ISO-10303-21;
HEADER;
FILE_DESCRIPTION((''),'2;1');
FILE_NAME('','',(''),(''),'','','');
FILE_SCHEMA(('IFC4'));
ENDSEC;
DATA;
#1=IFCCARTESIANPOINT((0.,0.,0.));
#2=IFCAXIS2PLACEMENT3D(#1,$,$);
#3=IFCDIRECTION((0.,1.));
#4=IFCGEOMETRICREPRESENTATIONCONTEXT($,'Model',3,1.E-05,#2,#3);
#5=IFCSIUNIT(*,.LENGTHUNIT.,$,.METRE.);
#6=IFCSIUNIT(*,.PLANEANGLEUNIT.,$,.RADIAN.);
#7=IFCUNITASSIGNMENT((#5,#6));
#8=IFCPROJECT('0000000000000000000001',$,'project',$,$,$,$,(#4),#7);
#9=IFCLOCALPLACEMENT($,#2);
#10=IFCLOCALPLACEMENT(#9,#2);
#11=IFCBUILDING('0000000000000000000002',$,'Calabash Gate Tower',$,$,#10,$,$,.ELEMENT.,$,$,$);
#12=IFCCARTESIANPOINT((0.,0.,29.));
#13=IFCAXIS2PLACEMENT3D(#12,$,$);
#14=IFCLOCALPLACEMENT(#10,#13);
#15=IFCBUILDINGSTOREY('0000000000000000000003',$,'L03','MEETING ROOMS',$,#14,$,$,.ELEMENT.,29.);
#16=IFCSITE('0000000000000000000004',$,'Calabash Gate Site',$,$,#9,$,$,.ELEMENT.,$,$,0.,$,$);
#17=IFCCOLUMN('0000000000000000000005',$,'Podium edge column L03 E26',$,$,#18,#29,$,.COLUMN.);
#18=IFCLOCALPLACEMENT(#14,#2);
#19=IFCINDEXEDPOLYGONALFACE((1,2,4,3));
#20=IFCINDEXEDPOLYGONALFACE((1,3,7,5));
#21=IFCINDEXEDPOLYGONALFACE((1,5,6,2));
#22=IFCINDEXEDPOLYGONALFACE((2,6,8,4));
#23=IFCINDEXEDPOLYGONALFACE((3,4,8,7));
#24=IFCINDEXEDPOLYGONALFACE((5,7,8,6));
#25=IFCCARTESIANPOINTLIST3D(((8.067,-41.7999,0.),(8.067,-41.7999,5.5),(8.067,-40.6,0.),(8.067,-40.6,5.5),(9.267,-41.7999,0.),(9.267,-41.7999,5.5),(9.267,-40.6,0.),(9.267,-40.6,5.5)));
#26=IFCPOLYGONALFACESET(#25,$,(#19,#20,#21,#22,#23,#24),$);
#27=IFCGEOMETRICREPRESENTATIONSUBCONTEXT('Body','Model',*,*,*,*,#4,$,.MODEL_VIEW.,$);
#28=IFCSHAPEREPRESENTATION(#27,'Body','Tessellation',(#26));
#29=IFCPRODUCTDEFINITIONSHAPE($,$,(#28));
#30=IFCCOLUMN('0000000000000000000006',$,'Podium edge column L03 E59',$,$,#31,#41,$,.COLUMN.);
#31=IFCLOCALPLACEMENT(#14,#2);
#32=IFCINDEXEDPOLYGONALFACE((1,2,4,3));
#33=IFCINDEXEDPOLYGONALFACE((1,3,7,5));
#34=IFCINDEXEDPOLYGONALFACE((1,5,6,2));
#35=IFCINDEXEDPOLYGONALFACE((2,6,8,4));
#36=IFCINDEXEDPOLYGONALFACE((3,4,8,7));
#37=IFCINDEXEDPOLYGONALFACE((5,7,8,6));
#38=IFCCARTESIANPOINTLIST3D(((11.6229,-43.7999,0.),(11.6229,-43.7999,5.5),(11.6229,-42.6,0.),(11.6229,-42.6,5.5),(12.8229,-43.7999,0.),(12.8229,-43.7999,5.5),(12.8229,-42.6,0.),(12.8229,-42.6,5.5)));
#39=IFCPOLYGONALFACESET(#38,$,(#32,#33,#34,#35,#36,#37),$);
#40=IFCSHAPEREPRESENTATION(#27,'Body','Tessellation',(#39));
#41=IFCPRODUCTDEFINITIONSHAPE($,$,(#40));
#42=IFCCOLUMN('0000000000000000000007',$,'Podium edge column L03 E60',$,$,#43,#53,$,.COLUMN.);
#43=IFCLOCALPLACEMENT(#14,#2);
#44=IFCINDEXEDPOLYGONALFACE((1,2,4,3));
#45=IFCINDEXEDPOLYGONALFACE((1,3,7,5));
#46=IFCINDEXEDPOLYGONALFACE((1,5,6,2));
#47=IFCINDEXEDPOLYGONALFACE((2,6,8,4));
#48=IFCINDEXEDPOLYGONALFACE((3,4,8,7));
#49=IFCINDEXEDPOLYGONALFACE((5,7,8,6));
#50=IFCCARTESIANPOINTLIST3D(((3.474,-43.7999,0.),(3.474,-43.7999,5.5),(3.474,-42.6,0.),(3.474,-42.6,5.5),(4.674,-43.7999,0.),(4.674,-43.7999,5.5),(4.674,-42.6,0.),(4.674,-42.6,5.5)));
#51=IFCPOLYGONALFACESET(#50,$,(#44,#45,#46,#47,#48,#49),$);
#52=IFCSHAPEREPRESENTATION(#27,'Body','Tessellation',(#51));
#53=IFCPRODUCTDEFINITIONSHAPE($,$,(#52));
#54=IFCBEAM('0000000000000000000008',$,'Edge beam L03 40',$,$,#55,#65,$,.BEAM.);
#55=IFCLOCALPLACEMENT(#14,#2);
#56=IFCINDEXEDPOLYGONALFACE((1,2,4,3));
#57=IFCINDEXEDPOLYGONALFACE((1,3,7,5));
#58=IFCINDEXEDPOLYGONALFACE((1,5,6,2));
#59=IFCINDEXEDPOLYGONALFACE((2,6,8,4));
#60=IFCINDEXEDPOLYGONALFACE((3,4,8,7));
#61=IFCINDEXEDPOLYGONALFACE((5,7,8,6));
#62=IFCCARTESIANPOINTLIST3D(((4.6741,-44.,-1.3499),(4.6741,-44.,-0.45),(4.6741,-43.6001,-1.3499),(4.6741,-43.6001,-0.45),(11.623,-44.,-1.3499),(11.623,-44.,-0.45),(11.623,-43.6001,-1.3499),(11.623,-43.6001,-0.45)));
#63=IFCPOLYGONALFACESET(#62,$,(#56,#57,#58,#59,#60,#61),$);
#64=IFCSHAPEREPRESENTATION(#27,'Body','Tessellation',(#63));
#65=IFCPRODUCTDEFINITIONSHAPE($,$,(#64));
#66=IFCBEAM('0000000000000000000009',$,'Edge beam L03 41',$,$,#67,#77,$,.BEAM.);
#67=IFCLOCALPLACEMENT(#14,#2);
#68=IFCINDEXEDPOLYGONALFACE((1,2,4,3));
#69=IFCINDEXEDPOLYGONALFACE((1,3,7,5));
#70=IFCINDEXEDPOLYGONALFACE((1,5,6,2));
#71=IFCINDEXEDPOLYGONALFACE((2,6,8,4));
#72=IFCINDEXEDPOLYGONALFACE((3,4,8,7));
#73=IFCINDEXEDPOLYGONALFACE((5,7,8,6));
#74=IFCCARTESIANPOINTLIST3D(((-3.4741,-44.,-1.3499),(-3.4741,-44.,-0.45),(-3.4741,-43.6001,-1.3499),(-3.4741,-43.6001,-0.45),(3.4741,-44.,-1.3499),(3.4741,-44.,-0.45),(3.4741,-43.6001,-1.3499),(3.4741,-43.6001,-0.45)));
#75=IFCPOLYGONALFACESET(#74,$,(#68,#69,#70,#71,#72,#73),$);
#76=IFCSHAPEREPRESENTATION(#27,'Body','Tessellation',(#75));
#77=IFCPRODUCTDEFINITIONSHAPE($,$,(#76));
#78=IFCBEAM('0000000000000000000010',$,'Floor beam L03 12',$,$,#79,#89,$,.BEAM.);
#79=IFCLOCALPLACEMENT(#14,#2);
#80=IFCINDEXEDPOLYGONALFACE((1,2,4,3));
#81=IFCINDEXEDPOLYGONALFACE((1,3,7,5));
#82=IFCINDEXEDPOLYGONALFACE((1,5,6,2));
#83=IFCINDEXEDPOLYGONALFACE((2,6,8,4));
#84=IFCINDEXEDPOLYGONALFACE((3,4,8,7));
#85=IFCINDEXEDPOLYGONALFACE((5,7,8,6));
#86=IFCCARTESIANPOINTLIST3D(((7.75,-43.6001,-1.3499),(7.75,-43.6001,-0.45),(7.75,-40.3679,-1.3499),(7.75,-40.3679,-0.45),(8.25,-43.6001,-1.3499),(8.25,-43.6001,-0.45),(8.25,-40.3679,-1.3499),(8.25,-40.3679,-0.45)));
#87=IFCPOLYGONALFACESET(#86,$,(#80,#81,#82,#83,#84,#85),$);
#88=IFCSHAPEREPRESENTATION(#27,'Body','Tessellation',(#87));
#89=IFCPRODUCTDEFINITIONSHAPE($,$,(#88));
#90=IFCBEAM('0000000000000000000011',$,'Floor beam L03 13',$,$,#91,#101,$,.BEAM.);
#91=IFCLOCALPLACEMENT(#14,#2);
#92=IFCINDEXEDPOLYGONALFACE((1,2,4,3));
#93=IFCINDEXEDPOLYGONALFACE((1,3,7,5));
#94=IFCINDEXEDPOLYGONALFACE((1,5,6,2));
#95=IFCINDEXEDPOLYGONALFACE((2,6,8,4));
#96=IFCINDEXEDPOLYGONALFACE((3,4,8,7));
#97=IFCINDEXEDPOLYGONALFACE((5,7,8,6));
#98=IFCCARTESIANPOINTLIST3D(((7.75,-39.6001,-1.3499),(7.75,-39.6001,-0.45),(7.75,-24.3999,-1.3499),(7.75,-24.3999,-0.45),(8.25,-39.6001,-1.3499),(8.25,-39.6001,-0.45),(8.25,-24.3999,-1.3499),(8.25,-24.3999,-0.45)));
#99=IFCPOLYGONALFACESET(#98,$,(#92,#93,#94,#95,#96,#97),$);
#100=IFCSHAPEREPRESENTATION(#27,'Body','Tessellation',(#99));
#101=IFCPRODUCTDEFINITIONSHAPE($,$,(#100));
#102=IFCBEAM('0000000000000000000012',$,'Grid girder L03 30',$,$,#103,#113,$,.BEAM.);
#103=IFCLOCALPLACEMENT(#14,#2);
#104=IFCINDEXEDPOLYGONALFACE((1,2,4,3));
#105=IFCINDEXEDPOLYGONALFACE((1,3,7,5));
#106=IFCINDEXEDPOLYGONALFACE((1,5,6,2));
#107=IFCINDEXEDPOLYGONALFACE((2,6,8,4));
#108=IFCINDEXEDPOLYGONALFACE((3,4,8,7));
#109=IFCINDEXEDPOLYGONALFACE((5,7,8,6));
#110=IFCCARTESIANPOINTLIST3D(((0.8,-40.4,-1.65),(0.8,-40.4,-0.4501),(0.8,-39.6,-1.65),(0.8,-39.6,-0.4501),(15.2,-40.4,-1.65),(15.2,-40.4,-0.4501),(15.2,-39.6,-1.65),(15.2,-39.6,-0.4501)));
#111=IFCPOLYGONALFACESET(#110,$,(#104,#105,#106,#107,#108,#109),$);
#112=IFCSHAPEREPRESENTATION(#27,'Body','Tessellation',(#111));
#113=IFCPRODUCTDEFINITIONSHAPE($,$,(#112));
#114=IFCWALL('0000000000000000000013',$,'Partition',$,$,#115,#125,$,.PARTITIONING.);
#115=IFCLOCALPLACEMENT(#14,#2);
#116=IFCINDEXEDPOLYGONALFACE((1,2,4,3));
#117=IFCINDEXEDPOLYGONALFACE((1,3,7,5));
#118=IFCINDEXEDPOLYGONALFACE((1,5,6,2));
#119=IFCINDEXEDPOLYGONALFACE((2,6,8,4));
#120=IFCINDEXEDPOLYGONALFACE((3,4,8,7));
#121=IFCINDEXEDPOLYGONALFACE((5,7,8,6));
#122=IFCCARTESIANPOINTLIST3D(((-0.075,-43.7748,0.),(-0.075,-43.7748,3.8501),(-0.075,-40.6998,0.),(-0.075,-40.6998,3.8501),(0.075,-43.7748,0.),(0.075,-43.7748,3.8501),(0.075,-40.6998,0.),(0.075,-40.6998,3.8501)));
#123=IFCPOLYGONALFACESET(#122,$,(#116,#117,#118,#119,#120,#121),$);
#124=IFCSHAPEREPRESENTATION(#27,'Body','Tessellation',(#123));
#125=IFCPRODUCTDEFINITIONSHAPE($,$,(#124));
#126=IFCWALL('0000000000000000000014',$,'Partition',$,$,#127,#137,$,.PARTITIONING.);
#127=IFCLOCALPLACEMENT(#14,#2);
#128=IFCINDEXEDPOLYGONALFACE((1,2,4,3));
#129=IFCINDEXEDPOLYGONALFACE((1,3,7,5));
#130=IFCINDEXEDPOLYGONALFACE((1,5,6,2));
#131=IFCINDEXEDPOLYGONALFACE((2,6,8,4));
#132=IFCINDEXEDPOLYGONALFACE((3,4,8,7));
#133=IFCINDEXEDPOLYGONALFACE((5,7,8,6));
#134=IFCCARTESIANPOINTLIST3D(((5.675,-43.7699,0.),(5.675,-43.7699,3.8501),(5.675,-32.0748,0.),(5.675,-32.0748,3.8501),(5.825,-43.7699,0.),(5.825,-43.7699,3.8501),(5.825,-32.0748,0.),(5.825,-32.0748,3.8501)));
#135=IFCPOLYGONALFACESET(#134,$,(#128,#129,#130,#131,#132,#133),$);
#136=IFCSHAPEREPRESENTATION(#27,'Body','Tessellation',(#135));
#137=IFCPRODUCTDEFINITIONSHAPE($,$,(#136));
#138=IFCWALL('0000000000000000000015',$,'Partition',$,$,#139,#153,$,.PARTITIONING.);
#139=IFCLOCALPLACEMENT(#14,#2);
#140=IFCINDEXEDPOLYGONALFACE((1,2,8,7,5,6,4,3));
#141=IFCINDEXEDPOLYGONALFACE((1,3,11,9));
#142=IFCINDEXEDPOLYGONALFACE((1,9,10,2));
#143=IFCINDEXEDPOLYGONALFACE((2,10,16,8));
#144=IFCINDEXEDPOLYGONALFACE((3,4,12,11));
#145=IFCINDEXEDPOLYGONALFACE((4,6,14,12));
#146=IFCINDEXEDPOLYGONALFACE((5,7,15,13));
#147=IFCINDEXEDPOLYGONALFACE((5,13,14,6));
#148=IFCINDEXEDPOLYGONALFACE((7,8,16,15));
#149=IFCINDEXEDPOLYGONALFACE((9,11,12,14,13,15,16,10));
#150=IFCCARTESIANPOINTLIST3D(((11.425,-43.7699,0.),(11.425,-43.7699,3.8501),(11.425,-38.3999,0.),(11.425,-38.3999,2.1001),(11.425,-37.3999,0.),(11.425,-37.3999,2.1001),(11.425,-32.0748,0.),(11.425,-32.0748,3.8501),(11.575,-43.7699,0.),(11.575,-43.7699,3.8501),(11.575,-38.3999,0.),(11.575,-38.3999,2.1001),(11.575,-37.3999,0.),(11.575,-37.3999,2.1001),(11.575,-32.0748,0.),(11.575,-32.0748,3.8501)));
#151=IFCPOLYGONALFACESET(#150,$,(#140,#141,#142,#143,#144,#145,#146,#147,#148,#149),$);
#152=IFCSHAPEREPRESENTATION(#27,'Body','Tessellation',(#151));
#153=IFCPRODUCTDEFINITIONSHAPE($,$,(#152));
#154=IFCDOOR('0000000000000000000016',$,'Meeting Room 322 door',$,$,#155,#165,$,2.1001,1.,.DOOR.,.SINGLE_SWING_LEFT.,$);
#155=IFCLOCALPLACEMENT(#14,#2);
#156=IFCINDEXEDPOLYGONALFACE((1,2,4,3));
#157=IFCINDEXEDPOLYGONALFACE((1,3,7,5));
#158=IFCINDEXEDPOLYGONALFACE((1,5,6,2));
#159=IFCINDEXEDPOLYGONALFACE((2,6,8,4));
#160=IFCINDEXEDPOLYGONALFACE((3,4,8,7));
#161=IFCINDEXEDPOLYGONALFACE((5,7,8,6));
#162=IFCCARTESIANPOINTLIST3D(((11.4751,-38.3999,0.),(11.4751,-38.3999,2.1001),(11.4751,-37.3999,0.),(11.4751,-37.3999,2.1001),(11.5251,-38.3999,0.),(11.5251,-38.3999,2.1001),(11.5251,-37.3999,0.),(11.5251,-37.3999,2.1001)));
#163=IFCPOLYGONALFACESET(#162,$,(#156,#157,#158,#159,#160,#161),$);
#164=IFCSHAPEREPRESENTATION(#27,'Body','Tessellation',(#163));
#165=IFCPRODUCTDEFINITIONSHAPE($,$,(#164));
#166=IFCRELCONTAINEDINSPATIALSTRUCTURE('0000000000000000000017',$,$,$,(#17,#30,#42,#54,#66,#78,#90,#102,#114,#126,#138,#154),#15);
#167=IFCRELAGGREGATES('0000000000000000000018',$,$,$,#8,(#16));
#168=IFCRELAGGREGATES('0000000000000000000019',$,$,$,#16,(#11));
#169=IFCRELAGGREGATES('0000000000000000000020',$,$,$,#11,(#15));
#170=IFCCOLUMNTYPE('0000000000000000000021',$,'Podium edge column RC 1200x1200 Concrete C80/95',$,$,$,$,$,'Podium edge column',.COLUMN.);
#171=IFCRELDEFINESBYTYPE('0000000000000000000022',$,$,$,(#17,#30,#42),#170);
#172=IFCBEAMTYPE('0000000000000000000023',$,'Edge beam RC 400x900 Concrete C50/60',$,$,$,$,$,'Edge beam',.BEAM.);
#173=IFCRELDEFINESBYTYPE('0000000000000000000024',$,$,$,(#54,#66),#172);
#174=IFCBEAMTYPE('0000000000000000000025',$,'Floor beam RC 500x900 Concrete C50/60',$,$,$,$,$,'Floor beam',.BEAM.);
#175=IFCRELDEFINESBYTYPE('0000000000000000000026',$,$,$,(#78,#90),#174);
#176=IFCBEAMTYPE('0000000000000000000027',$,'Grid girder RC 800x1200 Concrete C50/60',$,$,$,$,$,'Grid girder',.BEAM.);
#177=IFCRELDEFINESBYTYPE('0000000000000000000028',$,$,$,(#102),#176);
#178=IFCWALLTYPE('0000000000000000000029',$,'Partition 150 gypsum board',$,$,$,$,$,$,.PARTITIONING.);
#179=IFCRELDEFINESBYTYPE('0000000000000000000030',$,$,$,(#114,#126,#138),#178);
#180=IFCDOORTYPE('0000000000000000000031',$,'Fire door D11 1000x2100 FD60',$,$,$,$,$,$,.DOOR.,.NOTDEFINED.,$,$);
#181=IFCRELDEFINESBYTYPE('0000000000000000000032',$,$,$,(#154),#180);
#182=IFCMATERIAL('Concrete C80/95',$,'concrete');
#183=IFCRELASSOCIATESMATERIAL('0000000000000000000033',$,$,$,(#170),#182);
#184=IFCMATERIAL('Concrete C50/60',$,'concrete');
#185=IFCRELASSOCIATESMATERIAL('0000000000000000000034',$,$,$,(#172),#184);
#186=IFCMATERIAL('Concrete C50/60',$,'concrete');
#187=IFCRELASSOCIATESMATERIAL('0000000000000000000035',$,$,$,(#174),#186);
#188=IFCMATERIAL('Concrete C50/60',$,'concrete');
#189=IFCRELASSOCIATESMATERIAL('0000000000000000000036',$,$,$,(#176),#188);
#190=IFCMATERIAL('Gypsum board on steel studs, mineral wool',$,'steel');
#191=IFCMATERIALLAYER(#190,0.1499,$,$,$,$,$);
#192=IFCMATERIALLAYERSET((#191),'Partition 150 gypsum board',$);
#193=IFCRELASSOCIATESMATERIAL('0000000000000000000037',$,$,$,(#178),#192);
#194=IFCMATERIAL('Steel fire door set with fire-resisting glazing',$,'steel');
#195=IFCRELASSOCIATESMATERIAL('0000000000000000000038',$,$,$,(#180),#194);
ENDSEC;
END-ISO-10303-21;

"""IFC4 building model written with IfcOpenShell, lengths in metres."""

from ifc_helpers import new_model, si_unit, direction, frame, frame_2d, origin, origin_2d, place, context, subcontext, project, spatial, rectangle, extrude, material, layer, layer_set, material_profile, profile_set, type_object, element, fill, save


model = new_model("IFC4")

# Units and contexts
model_context = context("Model", 3, precision=1e-05, world=origin(), true_north=direction((0.0, 1.0)))
body_context = subcontext(model_context, "Body", "Model", "MODEL_VIEW")
ifc_project = project(units=[si_unit("LENGTHUNIT", "METRE"), si_unit("PLANEANGLEUNIT", "RADIAN")], contexts=[model_context])

# Site, building, storey
site_placement = place(None, origin())
site = spatial("IfcSite", under=ifc_project, at=site_placement, Name="Calabash Gate Site", CompositionType="ELEMENT", RefElevation=0.0)
building_placement = place(site_placement, origin())
building = spatial("IfcBuilding", under=site, at=building_placement, Name="Calabash Gate Tower", CompositionType="ELEMENT")
storey_placement = place(building_placement, frame((0.0, 0.0, 29.0)))
storey = spatial("IfcBuildingStorey", under=building, at=storey_placement, Name="L03", Description="MEETING ROOMS", CompositionType="ELEMENT", Elevation=29.0)

# Columns
ifc_material_1 = material(Name="Concrete C80/95", Category="concrete")
ifc_material_profile_1 = material_profile(ifc_material_1, rectangle(XDim=1.2, YDim=1.2, at=origin_2d()))
ifc_profile_set_1 = profile_set([ifc_material_profile_1], Name="Concrete C80/95")
column_type = type_object("IfcColumnType", Name="Podium edge column RC 1200x1200 Concrete C80/95", ElementType="Podium edge column", PredefinedType="COLUMN", material=ifc_profile_set_1)
for number, where, z_axis, x_axis, name in (
    (1, (8.667, -41.2, 0.0), (0.0, 0.0, 1.0), (1.0, 0.0, 0.0), "Podium edge column L03 E26"),
    (2, (12.2229, -43.2, 0.0), (0.0, 0.0, 1.0), (1.0, 0.0, 0.0), "Podium edge column L03 E59"),
    (3, (4.074, -43.2, 0.0), (0.0, 0.0, 1.0), (1.0, 0.0, 0.0), "Podium edge column L03 E60"),
):
    element("IfcColumn", number, at=place(storey_placement, frame(where, z_axis=z_axis, x_axis=x_axis)), inside=storey, type_object=column_type, Name=name, PredefinedType="COLUMN", context=body_context, shape_type="SweptSolid", body=[
        extrude(rectangle(XDim=1.2, YDim=1.2, at=origin_2d()), origin(), (0.0, 0.0, 1.0), 5.5),
    ])

# Beams
ifc_material_2 = material(Name="Concrete C50/60", Category="concrete")
ifc_material_profile_2 = material_profile(ifc_material_2, rectangle(XDim=0.3999, YDim=0.8999, at=origin_2d()))
ifc_profile_set_2 = profile_set([ifc_material_profile_2], Name="Concrete C50/60")
beam_type_1 = type_object("IfcBeamType", Name="Edge beam RC 400x900 Concrete C50/60", ElementType="Edge beam", PredefinedType="BEAM", material=ifc_profile_set_2)
beam_1_placement = place(storey_placement, frame((11.623, -43.8, -0.8999), z_axis=(-1.0, 0.0, 0.0), x_axis=(0.0, -1.0, 0.0)))
element("IfcBeam", 4, at=beam_1_placement, inside=storey, type_object=beam_type_1, Name="Edge beam L03 40", PredefinedType="BEAM", context=body_context, shape_type="SweptSolid", body=[
    extrude(rectangle(XDim=0.3999, YDim=0.8999, at=origin_2d()), origin(), (0.0, 0.0, 1.0), 6.949),
])
beam_2_placement = place(storey_placement, frame((3.4741, -43.8, -0.8999), z_axis=(-1.0, 0.0, 0.0), x_axis=(0.0, -1.0, 0.0)))
element("IfcBeam", 5, at=beam_2_placement, inside=storey, type_object=beam_type_1, Name="Edge beam L03 41", PredefinedType="BEAM", context=body_context, shape_type="SweptSolid", body=[
    extrude(rectangle(XDim=0.3999, YDim=0.8999, at=origin_2d()), origin(), (0.0, 0.0, 1.0), 6.9482),
])
ifc_material_3 = material(Name="Concrete C50/60", Category="concrete")
ifc_material_profile_3 = material_profile(ifc_material_3, rectangle(XDim=0.5, YDim=0.8999, at=origin_2d()))
ifc_profile_set_3 = profile_set([ifc_material_profile_3], Name="Concrete C50/60")
beam_type_2 = type_object("IfcBeamType", Name="Floor beam RC 500x900 Concrete C50/60", ElementType="Floor beam", PredefinedType="BEAM", material=ifc_profile_set_3)
beam_3_placement = place(storey_placement, frame((8.0, -43.6001, -0.8999), z_axis=(0.0, 1.0, 0.0), x_axis=(-1.0, 0.0, 0.0)))
element("IfcBeam", 6, at=beam_3_placement, inside=storey, type_object=beam_type_2, Name="Floor beam L03 12", PredefinedType="BEAM", context=body_context, shape_type="SweptSolid", body=[
    extrude(rectangle(XDim=0.5, YDim=0.8999, at=origin_2d()), origin(), (0.0, 0.0, 1.0), 3.2322),
])
beam_4_placement = place(storey_placement, frame((8.0, -39.6001, -0.8999), z_axis=(0.0, 1.0, 0.0), x_axis=(-1.0, 0.0, 0.0)))
element("IfcBeam", 7, at=beam_4_placement, inside=storey, type_object=beam_type_2, Name="Floor beam L03 13", PredefinedType="BEAM", context=body_context, shape_type="SweptSolid", body=[
    extrude(rectangle(XDim=0.5, YDim=0.8999, at=origin_2d()), origin(), (0.0, 0.0, 1.0), 15.2002),
])
ifc_material_4 = material(Name="Concrete C50/60", Category="concrete")
ifc_material_profile_4 = material_profile(ifc_material_4, rectangle(XDim=0.8, YDim=1.2, at=origin_2d()))
ifc_profile_set_4 = profile_set([ifc_material_profile_4], Name="Concrete C50/60")
beam_type_3 = type_object("IfcBeamType", Name="Grid girder RC 800x1200 Concrete C50/60", ElementType="Grid girder", PredefinedType="BEAM", material=ifc_profile_set_4)
beam_5_placement = place(storey_placement, frame((0.8, -40.0, -1.05), z_axis=(1.0, 0.0, 0.0), x_axis=(0.0, 1.0, 0.0)))
element("IfcBeam", 8, at=beam_5_placement, inside=storey, type_object=beam_type_3, Name="Grid girder L03 30", PredefinedType="BEAM", context=body_context, shape_type="SweptSolid", body=[
    extrude(rectangle(XDim=0.8, YDim=1.2, at=origin_2d()), origin(), (0.0, 0.0, 1.0), 14.3999),
])

# Walls
ifc_material_5 = material(Name="Gypsum board on steel studs, mineral wool", Category="steel")
ifc_layer_1 = layer(ifc_material_5, 0.1499)
ifc_layer_set_1 = layer_set([ifc_layer_1], Name="Partition 150 gypsum board")
wall_type_1 = type_object("IfcWallType", Name="Partition 150 gypsum board", PredefinedType="PARTITIONING", material=ifc_layer_set_1)
wall_1_placement = place(storey_placement, frame((0.0, -43.7749, 0.0), z_axis=(0.0, 0.0, 1.0), x_axis=(0.0, 1.0, 0.0)))
element("IfcWall", 9, at=wall_1_placement, inside=storey, type_object=wall_type_1, Name="Partition", PredefinedType="PARTITIONING", context=body_context, shape_type="SweptSolid", body=[
    extrude(rectangle(XDim=3.075, YDim=0.1499, at=frame_2d((1.5376, 0.0))), origin(), (0.0, 0.0, 1.0), 3.8501),
])
wall_2_placement = place(storey_placement, frame((5.75, -43.77, 0.0), z_axis=(0.0, 0.0, 1.0), x_axis=(0.0, 1.0, 0.0)))
element("IfcWall", 10, at=wall_2_placement, inside=storey, type_object=wall_type_1, Name="Partition", PredefinedType="PARTITIONING", context=body_context, shape_type="SweptSolid", body=[
    extrude(rectangle(XDim=11.6951, YDim=0.1499, at=frame_2d((5.8477, 0.0))), origin(), (0.0, 0.0, 1.0), 3.8501),
])

# Wall, opening, door
wall_3_placement = place(storey_placement, frame((11.5, -43.77, 0.0), z_axis=(0.0, 0.0, 1.0), x_axis=(0.0, 1.0, 0.0)))
wall_3 = element("IfcWall", 11, at=wall_3_placement, inside=storey, type_object=wall_type_1, Name="Partition", PredefinedType="PARTITIONING", context=body_context, shape_type="SweptSolid", body=[
    extrude(rectangle(XDim=11.6951, YDim=0.1499, at=frame_2d((5.8477, 0.0))), origin(), (0.0, 0.0, 1.0), 3.8501),
])
opening_1_placement = place(wall_3_placement, frame((5.3701, 0.0, 0.0)))
opening_1 = element("IfcOpeningElement", 12, at=opening_1_placement, cuts=wall_3, PredefinedType="OPENING", context=body_context, shape_type="SweptSolid", body=[
    extrude(rectangle(XDim=1.0, YDim=2.1001, at=frame_2d((0.5, 1.05))), frame((0.0, 0.085, 0.0), z_axis=(0.0, -1.0, 0.0), x_axis=(1.0, 0.0, 0.0)), (0.0, 0.0, 1.0), 0.1699),
])
ifc_material_6 = material(Name="Steel fire door set with fire-resisting glazing", Category="steel")
door_type = type_object("IfcDoorType", Name="Fire door D11 1000x2100 FD60", OperationType="NOTDEFINED", PredefinedType="DOOR", material=ifc_material_6)
door_1_placement = place(opening_1_placement, origin())
door_1 = element("IfcDoor", 13, at=door_1_placement, inside=storey, type_object=door_type, Name="Meeting Room 322 door", OperationType="SINGLE_SWING_LEFT", OverallHeight=2.1001, OverallWidth=1.0, PredefinedType="DOOR", context=body_context, shape_type="SweptSolid", body=[
    extrude(rectangle(XDim=1.0, YDim=2.1001, at=frame_2d((0.5, 1.05))), frame((0.0, 0.0249, 0.0), z_axis=(0.0, -1.0, 0.0), x_axis=(1.0, 0.0, 0.0)), (0.0, 0.0, 1.0), 0.05),
])
fill(opening_1, door_1)

save(model, "model.ifc")
